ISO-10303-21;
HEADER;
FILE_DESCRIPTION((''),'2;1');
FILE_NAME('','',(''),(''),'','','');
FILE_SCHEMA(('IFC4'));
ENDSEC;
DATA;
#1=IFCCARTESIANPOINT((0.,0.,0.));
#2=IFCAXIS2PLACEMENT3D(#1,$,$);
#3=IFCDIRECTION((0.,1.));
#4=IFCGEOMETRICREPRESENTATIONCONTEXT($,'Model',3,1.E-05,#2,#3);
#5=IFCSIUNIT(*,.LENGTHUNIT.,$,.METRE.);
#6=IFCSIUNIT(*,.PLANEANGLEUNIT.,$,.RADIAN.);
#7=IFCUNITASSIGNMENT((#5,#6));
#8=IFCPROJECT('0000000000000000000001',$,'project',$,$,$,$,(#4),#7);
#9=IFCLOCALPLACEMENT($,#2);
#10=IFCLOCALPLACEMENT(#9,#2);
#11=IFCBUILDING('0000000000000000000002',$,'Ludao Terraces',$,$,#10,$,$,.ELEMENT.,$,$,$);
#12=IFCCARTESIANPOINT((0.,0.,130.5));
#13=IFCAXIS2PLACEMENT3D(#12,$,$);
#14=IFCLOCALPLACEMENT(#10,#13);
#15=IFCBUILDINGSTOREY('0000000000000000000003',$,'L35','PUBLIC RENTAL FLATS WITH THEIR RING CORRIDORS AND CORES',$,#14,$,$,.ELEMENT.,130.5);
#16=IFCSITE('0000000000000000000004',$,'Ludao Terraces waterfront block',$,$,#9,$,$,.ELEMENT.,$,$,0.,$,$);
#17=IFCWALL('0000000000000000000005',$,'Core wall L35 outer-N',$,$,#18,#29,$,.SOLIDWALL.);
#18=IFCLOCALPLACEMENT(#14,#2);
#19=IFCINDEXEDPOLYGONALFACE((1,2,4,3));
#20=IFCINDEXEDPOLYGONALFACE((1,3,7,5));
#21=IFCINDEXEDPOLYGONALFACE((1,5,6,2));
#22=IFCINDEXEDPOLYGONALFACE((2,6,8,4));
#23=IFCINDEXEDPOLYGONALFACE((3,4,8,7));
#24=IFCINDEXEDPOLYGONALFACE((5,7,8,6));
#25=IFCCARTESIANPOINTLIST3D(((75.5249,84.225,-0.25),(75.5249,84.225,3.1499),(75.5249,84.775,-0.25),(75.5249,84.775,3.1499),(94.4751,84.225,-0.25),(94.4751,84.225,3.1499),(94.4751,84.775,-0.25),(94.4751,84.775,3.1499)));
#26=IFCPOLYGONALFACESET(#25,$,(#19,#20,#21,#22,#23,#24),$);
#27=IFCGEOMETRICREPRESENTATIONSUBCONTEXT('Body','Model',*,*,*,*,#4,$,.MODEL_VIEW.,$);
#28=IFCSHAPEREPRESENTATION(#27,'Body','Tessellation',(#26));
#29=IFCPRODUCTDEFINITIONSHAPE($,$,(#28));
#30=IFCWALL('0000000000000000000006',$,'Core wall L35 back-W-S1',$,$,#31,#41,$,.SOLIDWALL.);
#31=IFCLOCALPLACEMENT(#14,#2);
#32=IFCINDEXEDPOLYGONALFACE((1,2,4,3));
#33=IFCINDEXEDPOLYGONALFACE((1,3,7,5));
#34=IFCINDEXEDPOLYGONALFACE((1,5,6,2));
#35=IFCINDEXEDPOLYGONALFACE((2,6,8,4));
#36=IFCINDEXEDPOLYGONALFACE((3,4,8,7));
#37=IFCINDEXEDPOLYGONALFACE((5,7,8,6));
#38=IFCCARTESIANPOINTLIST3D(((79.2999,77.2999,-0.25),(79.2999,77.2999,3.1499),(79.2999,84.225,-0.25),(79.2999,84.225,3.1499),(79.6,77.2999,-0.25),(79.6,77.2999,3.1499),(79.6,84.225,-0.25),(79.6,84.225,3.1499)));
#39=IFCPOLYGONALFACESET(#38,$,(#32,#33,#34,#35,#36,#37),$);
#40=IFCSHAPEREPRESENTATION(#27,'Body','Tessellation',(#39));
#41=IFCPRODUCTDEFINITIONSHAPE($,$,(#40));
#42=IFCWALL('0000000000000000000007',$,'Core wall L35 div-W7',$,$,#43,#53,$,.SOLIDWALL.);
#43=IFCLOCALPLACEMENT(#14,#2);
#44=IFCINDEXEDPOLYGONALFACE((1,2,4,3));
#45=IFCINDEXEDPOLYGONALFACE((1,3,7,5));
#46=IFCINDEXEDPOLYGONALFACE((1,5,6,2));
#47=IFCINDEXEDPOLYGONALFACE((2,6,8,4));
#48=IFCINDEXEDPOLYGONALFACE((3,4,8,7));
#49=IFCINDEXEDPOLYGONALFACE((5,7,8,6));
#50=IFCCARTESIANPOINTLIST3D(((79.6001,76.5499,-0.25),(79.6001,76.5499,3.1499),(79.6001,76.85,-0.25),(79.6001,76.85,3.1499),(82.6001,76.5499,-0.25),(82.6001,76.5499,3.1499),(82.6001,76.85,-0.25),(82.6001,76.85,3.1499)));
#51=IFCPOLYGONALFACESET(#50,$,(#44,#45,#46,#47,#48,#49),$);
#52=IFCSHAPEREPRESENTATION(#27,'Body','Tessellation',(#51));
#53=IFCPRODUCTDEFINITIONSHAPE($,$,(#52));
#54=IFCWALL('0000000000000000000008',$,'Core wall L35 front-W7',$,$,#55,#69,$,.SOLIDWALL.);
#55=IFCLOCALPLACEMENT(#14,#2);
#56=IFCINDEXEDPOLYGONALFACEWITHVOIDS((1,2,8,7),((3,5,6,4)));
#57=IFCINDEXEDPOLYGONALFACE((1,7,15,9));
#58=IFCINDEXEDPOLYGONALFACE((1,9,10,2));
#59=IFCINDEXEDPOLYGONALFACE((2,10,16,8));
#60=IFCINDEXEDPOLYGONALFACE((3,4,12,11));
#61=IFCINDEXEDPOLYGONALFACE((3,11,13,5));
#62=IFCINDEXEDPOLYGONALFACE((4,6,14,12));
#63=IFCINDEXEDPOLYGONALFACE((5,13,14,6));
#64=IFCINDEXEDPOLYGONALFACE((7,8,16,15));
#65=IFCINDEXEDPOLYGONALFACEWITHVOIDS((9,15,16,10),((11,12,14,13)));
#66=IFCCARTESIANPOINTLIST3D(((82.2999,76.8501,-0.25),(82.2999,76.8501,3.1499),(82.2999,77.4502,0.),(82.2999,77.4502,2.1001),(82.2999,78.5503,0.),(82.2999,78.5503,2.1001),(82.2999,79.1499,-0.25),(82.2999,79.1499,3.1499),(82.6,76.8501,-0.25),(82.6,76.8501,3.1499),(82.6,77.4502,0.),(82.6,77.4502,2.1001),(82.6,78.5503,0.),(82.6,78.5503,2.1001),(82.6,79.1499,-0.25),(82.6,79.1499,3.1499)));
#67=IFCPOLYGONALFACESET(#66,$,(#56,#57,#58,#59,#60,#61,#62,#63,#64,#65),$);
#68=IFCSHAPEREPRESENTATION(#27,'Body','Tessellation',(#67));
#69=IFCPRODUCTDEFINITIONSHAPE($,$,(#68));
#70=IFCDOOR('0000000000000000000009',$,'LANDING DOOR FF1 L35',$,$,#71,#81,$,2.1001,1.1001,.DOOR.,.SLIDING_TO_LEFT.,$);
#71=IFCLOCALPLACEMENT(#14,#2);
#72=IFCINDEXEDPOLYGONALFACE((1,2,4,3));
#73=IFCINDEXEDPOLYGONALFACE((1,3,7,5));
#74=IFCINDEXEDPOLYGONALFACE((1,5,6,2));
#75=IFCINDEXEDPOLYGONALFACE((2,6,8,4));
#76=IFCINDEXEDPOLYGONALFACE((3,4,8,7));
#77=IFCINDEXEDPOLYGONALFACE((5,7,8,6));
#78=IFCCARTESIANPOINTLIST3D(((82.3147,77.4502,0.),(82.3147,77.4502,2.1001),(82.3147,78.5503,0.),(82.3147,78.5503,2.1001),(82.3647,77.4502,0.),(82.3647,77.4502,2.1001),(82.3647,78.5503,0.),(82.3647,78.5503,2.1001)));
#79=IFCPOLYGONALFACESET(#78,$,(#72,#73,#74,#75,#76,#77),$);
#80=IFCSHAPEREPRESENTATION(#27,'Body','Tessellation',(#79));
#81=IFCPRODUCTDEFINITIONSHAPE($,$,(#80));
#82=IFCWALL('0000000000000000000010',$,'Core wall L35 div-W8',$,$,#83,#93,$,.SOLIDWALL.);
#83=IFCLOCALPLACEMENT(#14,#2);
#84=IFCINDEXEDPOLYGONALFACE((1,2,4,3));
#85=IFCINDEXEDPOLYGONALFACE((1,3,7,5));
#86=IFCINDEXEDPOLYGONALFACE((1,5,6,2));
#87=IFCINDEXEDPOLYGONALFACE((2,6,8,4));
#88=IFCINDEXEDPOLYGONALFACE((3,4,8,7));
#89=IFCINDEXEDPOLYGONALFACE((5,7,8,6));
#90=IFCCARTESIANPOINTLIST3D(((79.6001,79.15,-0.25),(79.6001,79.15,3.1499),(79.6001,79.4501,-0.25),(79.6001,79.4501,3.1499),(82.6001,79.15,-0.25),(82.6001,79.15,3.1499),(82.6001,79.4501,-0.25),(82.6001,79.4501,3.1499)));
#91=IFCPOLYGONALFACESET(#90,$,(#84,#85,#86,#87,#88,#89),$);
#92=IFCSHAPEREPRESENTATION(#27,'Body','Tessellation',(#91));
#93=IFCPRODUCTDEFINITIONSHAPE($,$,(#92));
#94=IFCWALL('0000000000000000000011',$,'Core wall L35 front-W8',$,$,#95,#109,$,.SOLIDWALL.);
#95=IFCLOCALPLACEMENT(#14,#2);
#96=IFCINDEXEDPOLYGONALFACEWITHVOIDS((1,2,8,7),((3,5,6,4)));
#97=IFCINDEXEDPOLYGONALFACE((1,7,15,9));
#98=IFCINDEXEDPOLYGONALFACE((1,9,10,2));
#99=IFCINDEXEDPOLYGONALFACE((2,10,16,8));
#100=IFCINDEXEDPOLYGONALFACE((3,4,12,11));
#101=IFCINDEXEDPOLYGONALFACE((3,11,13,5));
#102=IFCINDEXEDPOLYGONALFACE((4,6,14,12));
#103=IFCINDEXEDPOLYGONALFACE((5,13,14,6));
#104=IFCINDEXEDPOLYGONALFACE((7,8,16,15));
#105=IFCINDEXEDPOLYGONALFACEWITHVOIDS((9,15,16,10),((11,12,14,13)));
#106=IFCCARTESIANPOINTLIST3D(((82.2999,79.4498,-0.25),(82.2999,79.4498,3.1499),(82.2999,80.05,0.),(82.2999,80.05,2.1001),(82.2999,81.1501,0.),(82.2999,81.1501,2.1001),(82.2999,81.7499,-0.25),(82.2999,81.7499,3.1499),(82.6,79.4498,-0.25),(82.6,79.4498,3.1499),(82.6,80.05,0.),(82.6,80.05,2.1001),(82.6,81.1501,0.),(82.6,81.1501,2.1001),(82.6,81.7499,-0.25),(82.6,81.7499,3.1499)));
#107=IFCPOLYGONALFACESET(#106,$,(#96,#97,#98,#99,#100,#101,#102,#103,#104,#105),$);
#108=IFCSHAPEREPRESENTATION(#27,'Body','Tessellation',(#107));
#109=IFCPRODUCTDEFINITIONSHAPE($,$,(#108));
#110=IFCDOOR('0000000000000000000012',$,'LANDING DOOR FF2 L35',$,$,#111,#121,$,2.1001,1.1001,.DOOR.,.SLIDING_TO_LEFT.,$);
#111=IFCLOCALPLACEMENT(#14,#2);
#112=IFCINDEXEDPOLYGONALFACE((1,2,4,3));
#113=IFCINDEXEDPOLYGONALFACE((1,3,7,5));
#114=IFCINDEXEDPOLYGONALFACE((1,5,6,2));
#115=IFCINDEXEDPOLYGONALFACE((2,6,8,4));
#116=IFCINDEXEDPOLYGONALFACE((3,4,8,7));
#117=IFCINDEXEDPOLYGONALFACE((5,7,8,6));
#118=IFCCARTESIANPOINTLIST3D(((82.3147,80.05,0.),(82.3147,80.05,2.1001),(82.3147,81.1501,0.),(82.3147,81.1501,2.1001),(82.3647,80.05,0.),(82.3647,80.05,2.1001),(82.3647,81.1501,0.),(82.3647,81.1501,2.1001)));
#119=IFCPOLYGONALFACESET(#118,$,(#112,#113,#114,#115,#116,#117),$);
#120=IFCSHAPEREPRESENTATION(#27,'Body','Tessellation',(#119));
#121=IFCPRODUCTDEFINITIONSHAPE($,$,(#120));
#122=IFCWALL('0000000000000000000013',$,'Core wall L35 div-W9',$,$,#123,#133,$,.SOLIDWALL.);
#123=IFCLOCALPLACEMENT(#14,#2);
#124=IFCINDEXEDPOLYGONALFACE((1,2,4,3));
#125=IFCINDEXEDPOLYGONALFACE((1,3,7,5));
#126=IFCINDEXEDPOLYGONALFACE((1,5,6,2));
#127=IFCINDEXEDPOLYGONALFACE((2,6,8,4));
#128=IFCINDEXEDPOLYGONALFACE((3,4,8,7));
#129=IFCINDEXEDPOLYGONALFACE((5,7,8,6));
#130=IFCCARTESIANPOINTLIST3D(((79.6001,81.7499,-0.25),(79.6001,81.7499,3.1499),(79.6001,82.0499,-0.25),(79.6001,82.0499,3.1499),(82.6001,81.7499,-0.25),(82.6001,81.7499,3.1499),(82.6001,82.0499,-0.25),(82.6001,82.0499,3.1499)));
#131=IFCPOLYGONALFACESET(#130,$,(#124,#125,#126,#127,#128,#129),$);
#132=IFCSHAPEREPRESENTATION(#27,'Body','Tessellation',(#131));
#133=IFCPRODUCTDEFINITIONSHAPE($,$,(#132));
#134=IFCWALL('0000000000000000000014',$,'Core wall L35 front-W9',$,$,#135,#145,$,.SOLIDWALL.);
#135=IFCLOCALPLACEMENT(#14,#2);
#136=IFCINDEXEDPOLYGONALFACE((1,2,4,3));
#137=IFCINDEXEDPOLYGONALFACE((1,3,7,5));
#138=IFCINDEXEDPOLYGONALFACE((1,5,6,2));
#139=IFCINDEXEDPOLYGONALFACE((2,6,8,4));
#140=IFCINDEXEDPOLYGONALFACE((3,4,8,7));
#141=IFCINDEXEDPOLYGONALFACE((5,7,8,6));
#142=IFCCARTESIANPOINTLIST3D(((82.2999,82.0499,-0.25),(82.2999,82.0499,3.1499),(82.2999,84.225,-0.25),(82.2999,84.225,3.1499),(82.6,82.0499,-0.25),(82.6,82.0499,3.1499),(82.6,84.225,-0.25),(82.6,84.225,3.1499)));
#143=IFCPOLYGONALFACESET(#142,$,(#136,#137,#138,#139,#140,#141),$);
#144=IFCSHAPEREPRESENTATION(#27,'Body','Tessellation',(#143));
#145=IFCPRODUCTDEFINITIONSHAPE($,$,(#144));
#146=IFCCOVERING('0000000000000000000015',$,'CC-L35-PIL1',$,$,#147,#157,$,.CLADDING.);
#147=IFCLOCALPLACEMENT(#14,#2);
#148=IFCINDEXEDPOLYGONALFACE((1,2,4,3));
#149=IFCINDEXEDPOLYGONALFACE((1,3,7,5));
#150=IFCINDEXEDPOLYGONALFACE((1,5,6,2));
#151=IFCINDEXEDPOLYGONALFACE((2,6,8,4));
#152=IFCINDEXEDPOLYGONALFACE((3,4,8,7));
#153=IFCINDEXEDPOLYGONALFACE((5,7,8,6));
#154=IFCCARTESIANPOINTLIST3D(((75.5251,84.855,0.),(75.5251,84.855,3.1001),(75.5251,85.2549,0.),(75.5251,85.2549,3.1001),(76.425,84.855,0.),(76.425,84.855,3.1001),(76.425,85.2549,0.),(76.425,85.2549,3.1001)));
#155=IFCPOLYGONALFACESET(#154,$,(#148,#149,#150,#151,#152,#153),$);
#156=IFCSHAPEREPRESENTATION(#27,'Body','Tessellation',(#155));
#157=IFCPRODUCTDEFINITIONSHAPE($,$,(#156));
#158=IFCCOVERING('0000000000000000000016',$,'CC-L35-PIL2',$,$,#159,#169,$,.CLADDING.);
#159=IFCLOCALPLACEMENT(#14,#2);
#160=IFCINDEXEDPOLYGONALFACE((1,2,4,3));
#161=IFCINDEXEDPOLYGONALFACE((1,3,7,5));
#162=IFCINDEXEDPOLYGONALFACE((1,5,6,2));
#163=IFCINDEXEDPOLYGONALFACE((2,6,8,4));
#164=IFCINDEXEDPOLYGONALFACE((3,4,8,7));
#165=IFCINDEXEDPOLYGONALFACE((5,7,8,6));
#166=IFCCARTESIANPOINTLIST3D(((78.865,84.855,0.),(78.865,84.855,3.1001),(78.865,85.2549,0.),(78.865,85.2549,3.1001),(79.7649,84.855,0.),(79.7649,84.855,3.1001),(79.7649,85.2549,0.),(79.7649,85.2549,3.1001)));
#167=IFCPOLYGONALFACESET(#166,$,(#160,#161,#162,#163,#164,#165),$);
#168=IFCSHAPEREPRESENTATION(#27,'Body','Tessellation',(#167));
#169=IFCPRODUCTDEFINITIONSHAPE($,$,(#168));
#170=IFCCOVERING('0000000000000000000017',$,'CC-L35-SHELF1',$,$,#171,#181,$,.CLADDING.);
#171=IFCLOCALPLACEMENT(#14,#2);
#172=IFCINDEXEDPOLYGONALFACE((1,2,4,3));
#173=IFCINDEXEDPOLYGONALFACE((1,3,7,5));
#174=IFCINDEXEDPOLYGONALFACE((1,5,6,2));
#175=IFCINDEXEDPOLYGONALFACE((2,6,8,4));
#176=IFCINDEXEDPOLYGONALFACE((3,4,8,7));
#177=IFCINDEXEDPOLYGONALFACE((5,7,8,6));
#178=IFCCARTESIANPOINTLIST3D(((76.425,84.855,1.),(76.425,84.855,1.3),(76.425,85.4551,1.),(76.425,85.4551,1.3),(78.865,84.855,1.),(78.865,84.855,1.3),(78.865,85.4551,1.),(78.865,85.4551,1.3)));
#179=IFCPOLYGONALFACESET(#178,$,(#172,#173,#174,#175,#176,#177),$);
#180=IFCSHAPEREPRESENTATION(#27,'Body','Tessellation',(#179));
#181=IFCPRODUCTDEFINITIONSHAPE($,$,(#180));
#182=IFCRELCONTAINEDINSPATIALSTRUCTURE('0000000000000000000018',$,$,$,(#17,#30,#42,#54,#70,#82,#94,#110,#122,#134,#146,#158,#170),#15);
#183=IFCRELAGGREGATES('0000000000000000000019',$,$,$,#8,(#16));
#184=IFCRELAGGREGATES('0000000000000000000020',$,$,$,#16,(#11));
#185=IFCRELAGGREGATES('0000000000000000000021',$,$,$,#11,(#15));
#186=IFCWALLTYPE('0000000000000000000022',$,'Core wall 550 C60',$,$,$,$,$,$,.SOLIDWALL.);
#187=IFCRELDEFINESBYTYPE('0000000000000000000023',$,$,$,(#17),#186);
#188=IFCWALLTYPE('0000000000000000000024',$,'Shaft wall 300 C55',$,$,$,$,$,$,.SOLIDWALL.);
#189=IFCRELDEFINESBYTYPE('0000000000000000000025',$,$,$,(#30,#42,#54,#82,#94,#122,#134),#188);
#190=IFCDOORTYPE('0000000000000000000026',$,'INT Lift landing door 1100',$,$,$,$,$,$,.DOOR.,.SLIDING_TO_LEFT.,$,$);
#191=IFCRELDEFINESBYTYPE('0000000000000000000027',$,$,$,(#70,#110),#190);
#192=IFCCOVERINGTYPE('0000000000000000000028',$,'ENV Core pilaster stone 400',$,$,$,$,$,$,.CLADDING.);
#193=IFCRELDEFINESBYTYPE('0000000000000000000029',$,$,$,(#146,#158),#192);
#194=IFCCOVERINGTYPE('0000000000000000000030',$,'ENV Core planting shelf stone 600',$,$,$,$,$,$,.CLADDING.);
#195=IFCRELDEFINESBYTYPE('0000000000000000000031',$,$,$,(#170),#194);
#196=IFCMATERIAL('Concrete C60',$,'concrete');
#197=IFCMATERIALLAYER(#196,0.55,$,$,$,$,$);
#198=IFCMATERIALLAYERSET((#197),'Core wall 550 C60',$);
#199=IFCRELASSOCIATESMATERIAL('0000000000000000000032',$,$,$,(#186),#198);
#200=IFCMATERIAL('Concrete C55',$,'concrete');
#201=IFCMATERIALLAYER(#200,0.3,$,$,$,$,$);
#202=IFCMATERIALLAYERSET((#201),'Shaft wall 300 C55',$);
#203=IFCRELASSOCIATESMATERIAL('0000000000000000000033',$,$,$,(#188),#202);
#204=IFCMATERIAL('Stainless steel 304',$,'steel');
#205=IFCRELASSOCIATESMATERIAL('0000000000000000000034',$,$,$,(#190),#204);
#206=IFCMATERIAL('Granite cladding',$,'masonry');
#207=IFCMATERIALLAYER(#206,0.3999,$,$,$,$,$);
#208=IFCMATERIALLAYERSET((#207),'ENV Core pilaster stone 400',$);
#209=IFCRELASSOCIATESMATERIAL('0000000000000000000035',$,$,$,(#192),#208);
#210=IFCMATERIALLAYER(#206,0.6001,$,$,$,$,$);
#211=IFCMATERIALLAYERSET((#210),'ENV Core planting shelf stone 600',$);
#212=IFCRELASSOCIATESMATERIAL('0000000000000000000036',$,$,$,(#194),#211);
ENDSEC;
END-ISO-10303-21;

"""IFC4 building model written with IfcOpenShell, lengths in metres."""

from ifc_helpers import new_model, si_unit, direction, frame, frame_2d, origin, origin_2d, place, context, subcontext, project, spatial, rectangle, extrude, material, layer, layer_set, type_object, element, fill, save


model = new_model("IFC4")

# Units and contexts
model_context = context("Model", 3, precision=1e-05, world=origin(), true_north=direction((0.0, 1.0)))
body_context = subcontext(model_context, "Body", "Model", "MODEL_VIEW")
ifc_project = project(units=[si_unit("LENGTHUNIT", "METRE"), si_unit("PLANEANGLEUNIT", "RADIAN")], contexts=[model_context])

# Site, building, storey
site_placement = place(None, origin())
site = spatial("IfcSite", under=ifc_project, at=site_placement, Name="Ludao Terraces waterfront block", CompositionType="ELEMENT", RefElevation=0.0)
building_placement = place(site_placement, origin())
building = spatial("IfcBuilding", under=site, at=building_placement, Name="Ludao Terraces", CompositionType="ELEMENT")
storey_placement = place(building_placement, frame((0.0, 0.0, 130.5)))
storey = spatial("IfcBuildingStorey", under=building, at=storey_placement, Name="L35", Description="PUBLIC RENTAL FLATS WITH THEIR RING CORRIDORS AND CORES", CompositionType="ELEMENT", Elevation=130.5)

# Walls
ifc_material_1 = material(Name="Concrete C60", Category="concrete")
ifc_layer_1 = layer(ifc_material_1, 0.55)
ifc_layer_set_1 = layer_set([ifc_layer_1], Name="Core wall 550 C60")
wall_type_1 = type_object("IfcWallType", Name="Core wall 550 C60", PredefinedType="SOLIDWALL", material=ifc_layer_set_1)
wall_1_placement = place(storey_placement, frame((75.5249, 84.5, -0.25), z_axis=(0.0, 0.0, 1.0), x_axis=(1.0, 0.0, 0.0)))
element("IfcWall", 1, at=wall_1_placement, inside=storey, type_object=wall_type_1, Name="Core wall L35 outer-N", PredefinedType="SOLIDWALL", context=body_context, shape_type="SweptSolid", body=[
    extrude(rectangle(XDim=18.9502, YDim=0.55, at=frame_2d((9.4751, 0.0))), origin(), (0.0, 0.0, 1.0), 3.3999),
])
ifc_material_2 = material(Name="Concrete C55", Category="concrete")
ifc_layer_2 = layer(ifc_material_2, 0.3)
ifc_layer_set_2 = layer_set([ifc_layer_2], Name="Shaft wall 300 C55")
wall_type_2 = type_object("IfcWallType", Name="Shaft wall 300 C55", PredefinedType="SOLIDWALL", material=ifc_layer_set_2)
wall_2_placement = place(storey_placement, frame((79.45, 77.3, -0.25), z_axis=(0.0, 0.0, 1.0), x_axis=(0.0, 1.0, 0.0)))
element("IfcWall", 2, at=wall_2_placement, inside=storey, type_object=wall_type_2, Name="Core wall L35 back-W-S1", PredefinedType="SOLIDWALL", context=body_context, shape_type="SweptSolid", body=[
    extrude(rectangle(XDim=6.925, YDim=0.3, at=frame_2d((3.4624, 0.0))), origin(), (0.0, 0.0, 1.0), 3.3999),
])
wall_3_placement = place(storey_placement, frame((79.6001, 76.7, -0.25), z_axis=(0.0, 0.0, 1.0), x_axis=(1.0, 0.0, 0.0)))
element("IfcWall", 3, at=wall_3_placement, inside=storey, type_object=wall_type_2, Name="Core wall L35 div-W7", PredefinedType="SOLIDWALL", context=body_context, shape_type="SweptSolid", body=[
    extrude(rectangle(XDim=3.0, YDim=0.3, at=frame_2d((1.5, 0.0))), origin(), (0.0, 0.0, 1.0), 3.3999),
])

# Wall, opening, door
wall_4_placement = place(storey_placement, frame((82.45, 76.8501, -0.25), z_axis=(0.0, 0.0, 1.0), x_axis=(0.0, 1.0, 0.0)))
wall_4 = element("IfcWall", 4, at=wall_4_placement, inside=storey, type_object=wall_type_2, Name="Core wall L35 front-W7", PredefinedType="SOLIDWALL", context=body_context, shape_type="SweptSolid", body=[
    extrude(rectangle(XDim=2.2998, YDim=0.3, at=frame_2d((1.1499, 0.0))), origin(), (0.0, 0.0, 1.0), 3.3999),
])
opening_1_placement = place(wall_4_placement, frame((0.6001, 0.0, 0.25)))
opening_1 = element("IfcOpeningElement", 5, at=opening_1_placement, cuts=wall_4, PredefinedType="OPENING", context=body_context, shape_type="SweptSolid", body=[
    extrude(rectangle(XDim=1.1001, YDim=2.1001, at=frame_2d((0.55, 1.05))), frame((0.0, 0.1602, 0.0), z_axis=(0.0, -1.0, 0.0), x_axis=(1.0, 0.0, 0.0)), (0.0, 0.0, 1.0), 0.3201),
])
ifc_material_3 = material(Name="Stainless steel 304", Category="steel")
door_type = type_object("IfcDoorType", Name="INT Lift landing door 1100", OperationType="SLIDING_TO_LEFT", PredefinedType="DOOR", material=ifc_material_3)
door_1_placement = place(opening_1_placement, origin())
door_1 = element("IfcDoor", 6, at=door_1_placement, inside=storey, type_object=door_type, Name="LANDING DOOR FF1 L35", OperationType="SLIDING_TO_LEFT", OverallHeight=2.1001, OverallWidth=1.1001, PredefinedType="DOOR", context=body_context, shape_type="SweptSolid", body=[
    extrude(rectangle(XDim=1.1001, YDim=2.1001, at=frame_2d((0.55, 1.05))), frame((0.0, 0.1353, 0.0), z_axis=(0.0, -1.0, 0.0), x_axis=(1.0, 0.0, 0.0)), (0.0, 0.0, 1.0), 0.05),
])
fill(opening_1, door_1)

# Wall
wall_5_placement = place(storey_placement, frame((79.6001, 79.3, -0.25), z_axis=(0.0, 0.0, 1.0), x_axis=(1.0, 0.0, 0.0)))
element("IfcWall", 7, at=wall_5_placement, inside=storey, type_object=wall_type_2, Name="Core wall L35 div-W8", PredefinedType="SOLIDWALL", context=body_context, shape_type="SweptSolid", body=[
    extrude(rectangle(XDim=3.0, YDim=0.3, at=frame_2d((1.5, 0.0))), origin(), (0.0, 0.0, 1.0), 3.3999),
])

# Wall, opening, door
wall_6_placement = place(storey_placement, frame((82.45, 79.45, -0.25), z_axis=(0.0, 0.0, 1.0), x_axis=(0.0, 1.0, 0.0)))
wall_6 = element("IfcWall", 8, at=wall_6_placement, inside=storey, type_object=wall_type_2, Name="Core wall L35 front-W8", PredefinedType="SOLIDWALL", context=body_context, shape_type="SweptSolid", body=[
    extrude(rectangle(XDim=2.3, YDim=0.3, at=frame_2d((1.1499, 0.0))), origin(), (0.0, 0.0, 1.0), 3.3999),
])
opening_2_placement = place(wall_6_placement, frame((0.6001, 0.0, 0.25)))
opening_2 = element("IfcOpeningElement", 9, at=opening_2_placement, cuts=wall_6, PredefinedType="OPENING", context=body_context, shape_type="SweptSolid", body=[
    extrude(rectangle(XDim=1.1001, YDim=2.1001, at=frame_2d((0.55, 1.05))), frame((0.0, 0.1602, 0.0), z_axis=(0.0, -1.0, 0.0), x_axis=(1.0, 0.0, 0.0)), (0.0, 0.0, 1.0), 0.3201),
])
door_2_placement = place(opening_2_placement, origin())
door_2 = element("IfcDoor", 10, at=door_2_placement, inside=storey, type_object=door_type, Name="LANDING DOOR FF2 L35", OperationType="SLIDING_TO_LEFT", OverallHeight=2.1001, OverallWidth=1.1001, PredefinedType="DOOR", context=body_context, shape_type="SweptSolid", body=[
    extrude(rectangle(XDim=1.1001, YDim=2.1001, at=frame_2d((0.55, 1.05))), frame((0.0, 0.1353, 0.0), z_axis=(0.0, -1.0, 0.0), x_axis=(1.0, 0.0, 0.0)), (0.0, 0.0, 1.0), 0.05),
])
fill(opening_2, door_2)

# Walls
wall_7_placement = place(storey_placement, frame((79.6001, 81.8999, -0.25), z_axis=(0.0, 0.0, 1.0), x_axis=(1.0, 0.0, 0.0)))
element("IfcWall", 11, at=wall_7_placement, inside=storey, type_object=wall_type_2, Name="Core wall L35 div-W9", PredefinedType="SOLIDWALL", context=body_context, shape_type="SweptSolid", body=[
    extrude(rectangle(XDim=3.0, YDim=0.3, at=frame_2d((1.5, 0.0))), origin(), (0.0, 0.0, 1.0), 3.3999),
])
wall_8_placement = place(storey_placement, frame((82.45, 82.05, -0.25), z_axis=(0.0, 0.0, 1.0), x_axis=(0.0, 1.0, 0.0)))
element("IfcWall", 12, at=wall_8_placement, inside=storey, type_object=wall_type_2, Name="Core wall L35 front-W9", PredefinedType="SOLIDWALL", context=body_context, shape_type="SweptSolid", body=[
    extrude(rectangle(XDim=2.175, YDim=0.3, at=frame_2d((1.0874, 0.0))), origin(), (0.0, 0.0, 1.0), 3.3999),
])

# Coverings
ifc_material_4 = material(Name="Granite cladding", Category="masonry")
ifc_layer_3 = layer(ifc_material_4, 0.3999)
ifc_layer_set_3 = layer_set([ifc_layer_3], Name="ENV Core pilaster stone 400")
covering_type_1 = type_object("IfcCoveringType", Name="ENV Core pilaster stone 400", PredefinedType="CLADDING", material=ifc_layer_set_3)
for number, where, z_axis, x_axis, name in (
    (13, (75.9751, 85.0549, 0.0), (0.0, 0.0, 1.0), (1.0, 0.0, 0.0), "CC-L35-PIL1"),
    (14, (79.3149, 85.0549, 0.0), (0.0, 0.0, 1.0), (1.0, 0.0, 0.0), "CC-L35-PIL2"),
):
    element("IfcCovering", number, at=place(storey_placement, frame(where, z_axis=z_axis, x_axis=x_axis)), inside=storey, type_object=covering_type_1, Name=name, PredefinedType="CLADDING", context=body_context, shape_type="SweptSolid", body=[
        extrude(rectangle(XDim=0.8999, YDim=0.3999, at=origin_2d()), origin(), (0.0, 0.0, 1.0), 3.1001),
    ])
ifc_layer_4 = layer(ifc_material_4, 0.6001)
ifc_layer_set_4 = layer_set([ifc_layer_4], Name="ENV Core planting shelf stone 600")
covering_type_2 = type_object("IfcCoveringType", Name="ENV Core planting shelf stone 600", PredefinedType="CLADDING", material=ifc_layer_set_4)
covering_1_placement = place(storey_placement, frame((77.645, 85.155, 1.0), z_axis=(0.0, 0.0, 1.0), x_axis=(1.0, 0.0, 0.0)))
element("IfcCovering", 15, at=covering_1_placement, inside=storey, type_object=covering_type_2, Name="CC-L35-SHELF1", PredefinedType="CLADDING", context=body_context, shape_type="SweptSolid", body=[
    extrude(rectangle(XDim=2.4399, YDim=0.6001, at=origin_2d()), origin(), (0.0, 0.0, 1.0), 0.3),
])

save(model, "model.ifc")
